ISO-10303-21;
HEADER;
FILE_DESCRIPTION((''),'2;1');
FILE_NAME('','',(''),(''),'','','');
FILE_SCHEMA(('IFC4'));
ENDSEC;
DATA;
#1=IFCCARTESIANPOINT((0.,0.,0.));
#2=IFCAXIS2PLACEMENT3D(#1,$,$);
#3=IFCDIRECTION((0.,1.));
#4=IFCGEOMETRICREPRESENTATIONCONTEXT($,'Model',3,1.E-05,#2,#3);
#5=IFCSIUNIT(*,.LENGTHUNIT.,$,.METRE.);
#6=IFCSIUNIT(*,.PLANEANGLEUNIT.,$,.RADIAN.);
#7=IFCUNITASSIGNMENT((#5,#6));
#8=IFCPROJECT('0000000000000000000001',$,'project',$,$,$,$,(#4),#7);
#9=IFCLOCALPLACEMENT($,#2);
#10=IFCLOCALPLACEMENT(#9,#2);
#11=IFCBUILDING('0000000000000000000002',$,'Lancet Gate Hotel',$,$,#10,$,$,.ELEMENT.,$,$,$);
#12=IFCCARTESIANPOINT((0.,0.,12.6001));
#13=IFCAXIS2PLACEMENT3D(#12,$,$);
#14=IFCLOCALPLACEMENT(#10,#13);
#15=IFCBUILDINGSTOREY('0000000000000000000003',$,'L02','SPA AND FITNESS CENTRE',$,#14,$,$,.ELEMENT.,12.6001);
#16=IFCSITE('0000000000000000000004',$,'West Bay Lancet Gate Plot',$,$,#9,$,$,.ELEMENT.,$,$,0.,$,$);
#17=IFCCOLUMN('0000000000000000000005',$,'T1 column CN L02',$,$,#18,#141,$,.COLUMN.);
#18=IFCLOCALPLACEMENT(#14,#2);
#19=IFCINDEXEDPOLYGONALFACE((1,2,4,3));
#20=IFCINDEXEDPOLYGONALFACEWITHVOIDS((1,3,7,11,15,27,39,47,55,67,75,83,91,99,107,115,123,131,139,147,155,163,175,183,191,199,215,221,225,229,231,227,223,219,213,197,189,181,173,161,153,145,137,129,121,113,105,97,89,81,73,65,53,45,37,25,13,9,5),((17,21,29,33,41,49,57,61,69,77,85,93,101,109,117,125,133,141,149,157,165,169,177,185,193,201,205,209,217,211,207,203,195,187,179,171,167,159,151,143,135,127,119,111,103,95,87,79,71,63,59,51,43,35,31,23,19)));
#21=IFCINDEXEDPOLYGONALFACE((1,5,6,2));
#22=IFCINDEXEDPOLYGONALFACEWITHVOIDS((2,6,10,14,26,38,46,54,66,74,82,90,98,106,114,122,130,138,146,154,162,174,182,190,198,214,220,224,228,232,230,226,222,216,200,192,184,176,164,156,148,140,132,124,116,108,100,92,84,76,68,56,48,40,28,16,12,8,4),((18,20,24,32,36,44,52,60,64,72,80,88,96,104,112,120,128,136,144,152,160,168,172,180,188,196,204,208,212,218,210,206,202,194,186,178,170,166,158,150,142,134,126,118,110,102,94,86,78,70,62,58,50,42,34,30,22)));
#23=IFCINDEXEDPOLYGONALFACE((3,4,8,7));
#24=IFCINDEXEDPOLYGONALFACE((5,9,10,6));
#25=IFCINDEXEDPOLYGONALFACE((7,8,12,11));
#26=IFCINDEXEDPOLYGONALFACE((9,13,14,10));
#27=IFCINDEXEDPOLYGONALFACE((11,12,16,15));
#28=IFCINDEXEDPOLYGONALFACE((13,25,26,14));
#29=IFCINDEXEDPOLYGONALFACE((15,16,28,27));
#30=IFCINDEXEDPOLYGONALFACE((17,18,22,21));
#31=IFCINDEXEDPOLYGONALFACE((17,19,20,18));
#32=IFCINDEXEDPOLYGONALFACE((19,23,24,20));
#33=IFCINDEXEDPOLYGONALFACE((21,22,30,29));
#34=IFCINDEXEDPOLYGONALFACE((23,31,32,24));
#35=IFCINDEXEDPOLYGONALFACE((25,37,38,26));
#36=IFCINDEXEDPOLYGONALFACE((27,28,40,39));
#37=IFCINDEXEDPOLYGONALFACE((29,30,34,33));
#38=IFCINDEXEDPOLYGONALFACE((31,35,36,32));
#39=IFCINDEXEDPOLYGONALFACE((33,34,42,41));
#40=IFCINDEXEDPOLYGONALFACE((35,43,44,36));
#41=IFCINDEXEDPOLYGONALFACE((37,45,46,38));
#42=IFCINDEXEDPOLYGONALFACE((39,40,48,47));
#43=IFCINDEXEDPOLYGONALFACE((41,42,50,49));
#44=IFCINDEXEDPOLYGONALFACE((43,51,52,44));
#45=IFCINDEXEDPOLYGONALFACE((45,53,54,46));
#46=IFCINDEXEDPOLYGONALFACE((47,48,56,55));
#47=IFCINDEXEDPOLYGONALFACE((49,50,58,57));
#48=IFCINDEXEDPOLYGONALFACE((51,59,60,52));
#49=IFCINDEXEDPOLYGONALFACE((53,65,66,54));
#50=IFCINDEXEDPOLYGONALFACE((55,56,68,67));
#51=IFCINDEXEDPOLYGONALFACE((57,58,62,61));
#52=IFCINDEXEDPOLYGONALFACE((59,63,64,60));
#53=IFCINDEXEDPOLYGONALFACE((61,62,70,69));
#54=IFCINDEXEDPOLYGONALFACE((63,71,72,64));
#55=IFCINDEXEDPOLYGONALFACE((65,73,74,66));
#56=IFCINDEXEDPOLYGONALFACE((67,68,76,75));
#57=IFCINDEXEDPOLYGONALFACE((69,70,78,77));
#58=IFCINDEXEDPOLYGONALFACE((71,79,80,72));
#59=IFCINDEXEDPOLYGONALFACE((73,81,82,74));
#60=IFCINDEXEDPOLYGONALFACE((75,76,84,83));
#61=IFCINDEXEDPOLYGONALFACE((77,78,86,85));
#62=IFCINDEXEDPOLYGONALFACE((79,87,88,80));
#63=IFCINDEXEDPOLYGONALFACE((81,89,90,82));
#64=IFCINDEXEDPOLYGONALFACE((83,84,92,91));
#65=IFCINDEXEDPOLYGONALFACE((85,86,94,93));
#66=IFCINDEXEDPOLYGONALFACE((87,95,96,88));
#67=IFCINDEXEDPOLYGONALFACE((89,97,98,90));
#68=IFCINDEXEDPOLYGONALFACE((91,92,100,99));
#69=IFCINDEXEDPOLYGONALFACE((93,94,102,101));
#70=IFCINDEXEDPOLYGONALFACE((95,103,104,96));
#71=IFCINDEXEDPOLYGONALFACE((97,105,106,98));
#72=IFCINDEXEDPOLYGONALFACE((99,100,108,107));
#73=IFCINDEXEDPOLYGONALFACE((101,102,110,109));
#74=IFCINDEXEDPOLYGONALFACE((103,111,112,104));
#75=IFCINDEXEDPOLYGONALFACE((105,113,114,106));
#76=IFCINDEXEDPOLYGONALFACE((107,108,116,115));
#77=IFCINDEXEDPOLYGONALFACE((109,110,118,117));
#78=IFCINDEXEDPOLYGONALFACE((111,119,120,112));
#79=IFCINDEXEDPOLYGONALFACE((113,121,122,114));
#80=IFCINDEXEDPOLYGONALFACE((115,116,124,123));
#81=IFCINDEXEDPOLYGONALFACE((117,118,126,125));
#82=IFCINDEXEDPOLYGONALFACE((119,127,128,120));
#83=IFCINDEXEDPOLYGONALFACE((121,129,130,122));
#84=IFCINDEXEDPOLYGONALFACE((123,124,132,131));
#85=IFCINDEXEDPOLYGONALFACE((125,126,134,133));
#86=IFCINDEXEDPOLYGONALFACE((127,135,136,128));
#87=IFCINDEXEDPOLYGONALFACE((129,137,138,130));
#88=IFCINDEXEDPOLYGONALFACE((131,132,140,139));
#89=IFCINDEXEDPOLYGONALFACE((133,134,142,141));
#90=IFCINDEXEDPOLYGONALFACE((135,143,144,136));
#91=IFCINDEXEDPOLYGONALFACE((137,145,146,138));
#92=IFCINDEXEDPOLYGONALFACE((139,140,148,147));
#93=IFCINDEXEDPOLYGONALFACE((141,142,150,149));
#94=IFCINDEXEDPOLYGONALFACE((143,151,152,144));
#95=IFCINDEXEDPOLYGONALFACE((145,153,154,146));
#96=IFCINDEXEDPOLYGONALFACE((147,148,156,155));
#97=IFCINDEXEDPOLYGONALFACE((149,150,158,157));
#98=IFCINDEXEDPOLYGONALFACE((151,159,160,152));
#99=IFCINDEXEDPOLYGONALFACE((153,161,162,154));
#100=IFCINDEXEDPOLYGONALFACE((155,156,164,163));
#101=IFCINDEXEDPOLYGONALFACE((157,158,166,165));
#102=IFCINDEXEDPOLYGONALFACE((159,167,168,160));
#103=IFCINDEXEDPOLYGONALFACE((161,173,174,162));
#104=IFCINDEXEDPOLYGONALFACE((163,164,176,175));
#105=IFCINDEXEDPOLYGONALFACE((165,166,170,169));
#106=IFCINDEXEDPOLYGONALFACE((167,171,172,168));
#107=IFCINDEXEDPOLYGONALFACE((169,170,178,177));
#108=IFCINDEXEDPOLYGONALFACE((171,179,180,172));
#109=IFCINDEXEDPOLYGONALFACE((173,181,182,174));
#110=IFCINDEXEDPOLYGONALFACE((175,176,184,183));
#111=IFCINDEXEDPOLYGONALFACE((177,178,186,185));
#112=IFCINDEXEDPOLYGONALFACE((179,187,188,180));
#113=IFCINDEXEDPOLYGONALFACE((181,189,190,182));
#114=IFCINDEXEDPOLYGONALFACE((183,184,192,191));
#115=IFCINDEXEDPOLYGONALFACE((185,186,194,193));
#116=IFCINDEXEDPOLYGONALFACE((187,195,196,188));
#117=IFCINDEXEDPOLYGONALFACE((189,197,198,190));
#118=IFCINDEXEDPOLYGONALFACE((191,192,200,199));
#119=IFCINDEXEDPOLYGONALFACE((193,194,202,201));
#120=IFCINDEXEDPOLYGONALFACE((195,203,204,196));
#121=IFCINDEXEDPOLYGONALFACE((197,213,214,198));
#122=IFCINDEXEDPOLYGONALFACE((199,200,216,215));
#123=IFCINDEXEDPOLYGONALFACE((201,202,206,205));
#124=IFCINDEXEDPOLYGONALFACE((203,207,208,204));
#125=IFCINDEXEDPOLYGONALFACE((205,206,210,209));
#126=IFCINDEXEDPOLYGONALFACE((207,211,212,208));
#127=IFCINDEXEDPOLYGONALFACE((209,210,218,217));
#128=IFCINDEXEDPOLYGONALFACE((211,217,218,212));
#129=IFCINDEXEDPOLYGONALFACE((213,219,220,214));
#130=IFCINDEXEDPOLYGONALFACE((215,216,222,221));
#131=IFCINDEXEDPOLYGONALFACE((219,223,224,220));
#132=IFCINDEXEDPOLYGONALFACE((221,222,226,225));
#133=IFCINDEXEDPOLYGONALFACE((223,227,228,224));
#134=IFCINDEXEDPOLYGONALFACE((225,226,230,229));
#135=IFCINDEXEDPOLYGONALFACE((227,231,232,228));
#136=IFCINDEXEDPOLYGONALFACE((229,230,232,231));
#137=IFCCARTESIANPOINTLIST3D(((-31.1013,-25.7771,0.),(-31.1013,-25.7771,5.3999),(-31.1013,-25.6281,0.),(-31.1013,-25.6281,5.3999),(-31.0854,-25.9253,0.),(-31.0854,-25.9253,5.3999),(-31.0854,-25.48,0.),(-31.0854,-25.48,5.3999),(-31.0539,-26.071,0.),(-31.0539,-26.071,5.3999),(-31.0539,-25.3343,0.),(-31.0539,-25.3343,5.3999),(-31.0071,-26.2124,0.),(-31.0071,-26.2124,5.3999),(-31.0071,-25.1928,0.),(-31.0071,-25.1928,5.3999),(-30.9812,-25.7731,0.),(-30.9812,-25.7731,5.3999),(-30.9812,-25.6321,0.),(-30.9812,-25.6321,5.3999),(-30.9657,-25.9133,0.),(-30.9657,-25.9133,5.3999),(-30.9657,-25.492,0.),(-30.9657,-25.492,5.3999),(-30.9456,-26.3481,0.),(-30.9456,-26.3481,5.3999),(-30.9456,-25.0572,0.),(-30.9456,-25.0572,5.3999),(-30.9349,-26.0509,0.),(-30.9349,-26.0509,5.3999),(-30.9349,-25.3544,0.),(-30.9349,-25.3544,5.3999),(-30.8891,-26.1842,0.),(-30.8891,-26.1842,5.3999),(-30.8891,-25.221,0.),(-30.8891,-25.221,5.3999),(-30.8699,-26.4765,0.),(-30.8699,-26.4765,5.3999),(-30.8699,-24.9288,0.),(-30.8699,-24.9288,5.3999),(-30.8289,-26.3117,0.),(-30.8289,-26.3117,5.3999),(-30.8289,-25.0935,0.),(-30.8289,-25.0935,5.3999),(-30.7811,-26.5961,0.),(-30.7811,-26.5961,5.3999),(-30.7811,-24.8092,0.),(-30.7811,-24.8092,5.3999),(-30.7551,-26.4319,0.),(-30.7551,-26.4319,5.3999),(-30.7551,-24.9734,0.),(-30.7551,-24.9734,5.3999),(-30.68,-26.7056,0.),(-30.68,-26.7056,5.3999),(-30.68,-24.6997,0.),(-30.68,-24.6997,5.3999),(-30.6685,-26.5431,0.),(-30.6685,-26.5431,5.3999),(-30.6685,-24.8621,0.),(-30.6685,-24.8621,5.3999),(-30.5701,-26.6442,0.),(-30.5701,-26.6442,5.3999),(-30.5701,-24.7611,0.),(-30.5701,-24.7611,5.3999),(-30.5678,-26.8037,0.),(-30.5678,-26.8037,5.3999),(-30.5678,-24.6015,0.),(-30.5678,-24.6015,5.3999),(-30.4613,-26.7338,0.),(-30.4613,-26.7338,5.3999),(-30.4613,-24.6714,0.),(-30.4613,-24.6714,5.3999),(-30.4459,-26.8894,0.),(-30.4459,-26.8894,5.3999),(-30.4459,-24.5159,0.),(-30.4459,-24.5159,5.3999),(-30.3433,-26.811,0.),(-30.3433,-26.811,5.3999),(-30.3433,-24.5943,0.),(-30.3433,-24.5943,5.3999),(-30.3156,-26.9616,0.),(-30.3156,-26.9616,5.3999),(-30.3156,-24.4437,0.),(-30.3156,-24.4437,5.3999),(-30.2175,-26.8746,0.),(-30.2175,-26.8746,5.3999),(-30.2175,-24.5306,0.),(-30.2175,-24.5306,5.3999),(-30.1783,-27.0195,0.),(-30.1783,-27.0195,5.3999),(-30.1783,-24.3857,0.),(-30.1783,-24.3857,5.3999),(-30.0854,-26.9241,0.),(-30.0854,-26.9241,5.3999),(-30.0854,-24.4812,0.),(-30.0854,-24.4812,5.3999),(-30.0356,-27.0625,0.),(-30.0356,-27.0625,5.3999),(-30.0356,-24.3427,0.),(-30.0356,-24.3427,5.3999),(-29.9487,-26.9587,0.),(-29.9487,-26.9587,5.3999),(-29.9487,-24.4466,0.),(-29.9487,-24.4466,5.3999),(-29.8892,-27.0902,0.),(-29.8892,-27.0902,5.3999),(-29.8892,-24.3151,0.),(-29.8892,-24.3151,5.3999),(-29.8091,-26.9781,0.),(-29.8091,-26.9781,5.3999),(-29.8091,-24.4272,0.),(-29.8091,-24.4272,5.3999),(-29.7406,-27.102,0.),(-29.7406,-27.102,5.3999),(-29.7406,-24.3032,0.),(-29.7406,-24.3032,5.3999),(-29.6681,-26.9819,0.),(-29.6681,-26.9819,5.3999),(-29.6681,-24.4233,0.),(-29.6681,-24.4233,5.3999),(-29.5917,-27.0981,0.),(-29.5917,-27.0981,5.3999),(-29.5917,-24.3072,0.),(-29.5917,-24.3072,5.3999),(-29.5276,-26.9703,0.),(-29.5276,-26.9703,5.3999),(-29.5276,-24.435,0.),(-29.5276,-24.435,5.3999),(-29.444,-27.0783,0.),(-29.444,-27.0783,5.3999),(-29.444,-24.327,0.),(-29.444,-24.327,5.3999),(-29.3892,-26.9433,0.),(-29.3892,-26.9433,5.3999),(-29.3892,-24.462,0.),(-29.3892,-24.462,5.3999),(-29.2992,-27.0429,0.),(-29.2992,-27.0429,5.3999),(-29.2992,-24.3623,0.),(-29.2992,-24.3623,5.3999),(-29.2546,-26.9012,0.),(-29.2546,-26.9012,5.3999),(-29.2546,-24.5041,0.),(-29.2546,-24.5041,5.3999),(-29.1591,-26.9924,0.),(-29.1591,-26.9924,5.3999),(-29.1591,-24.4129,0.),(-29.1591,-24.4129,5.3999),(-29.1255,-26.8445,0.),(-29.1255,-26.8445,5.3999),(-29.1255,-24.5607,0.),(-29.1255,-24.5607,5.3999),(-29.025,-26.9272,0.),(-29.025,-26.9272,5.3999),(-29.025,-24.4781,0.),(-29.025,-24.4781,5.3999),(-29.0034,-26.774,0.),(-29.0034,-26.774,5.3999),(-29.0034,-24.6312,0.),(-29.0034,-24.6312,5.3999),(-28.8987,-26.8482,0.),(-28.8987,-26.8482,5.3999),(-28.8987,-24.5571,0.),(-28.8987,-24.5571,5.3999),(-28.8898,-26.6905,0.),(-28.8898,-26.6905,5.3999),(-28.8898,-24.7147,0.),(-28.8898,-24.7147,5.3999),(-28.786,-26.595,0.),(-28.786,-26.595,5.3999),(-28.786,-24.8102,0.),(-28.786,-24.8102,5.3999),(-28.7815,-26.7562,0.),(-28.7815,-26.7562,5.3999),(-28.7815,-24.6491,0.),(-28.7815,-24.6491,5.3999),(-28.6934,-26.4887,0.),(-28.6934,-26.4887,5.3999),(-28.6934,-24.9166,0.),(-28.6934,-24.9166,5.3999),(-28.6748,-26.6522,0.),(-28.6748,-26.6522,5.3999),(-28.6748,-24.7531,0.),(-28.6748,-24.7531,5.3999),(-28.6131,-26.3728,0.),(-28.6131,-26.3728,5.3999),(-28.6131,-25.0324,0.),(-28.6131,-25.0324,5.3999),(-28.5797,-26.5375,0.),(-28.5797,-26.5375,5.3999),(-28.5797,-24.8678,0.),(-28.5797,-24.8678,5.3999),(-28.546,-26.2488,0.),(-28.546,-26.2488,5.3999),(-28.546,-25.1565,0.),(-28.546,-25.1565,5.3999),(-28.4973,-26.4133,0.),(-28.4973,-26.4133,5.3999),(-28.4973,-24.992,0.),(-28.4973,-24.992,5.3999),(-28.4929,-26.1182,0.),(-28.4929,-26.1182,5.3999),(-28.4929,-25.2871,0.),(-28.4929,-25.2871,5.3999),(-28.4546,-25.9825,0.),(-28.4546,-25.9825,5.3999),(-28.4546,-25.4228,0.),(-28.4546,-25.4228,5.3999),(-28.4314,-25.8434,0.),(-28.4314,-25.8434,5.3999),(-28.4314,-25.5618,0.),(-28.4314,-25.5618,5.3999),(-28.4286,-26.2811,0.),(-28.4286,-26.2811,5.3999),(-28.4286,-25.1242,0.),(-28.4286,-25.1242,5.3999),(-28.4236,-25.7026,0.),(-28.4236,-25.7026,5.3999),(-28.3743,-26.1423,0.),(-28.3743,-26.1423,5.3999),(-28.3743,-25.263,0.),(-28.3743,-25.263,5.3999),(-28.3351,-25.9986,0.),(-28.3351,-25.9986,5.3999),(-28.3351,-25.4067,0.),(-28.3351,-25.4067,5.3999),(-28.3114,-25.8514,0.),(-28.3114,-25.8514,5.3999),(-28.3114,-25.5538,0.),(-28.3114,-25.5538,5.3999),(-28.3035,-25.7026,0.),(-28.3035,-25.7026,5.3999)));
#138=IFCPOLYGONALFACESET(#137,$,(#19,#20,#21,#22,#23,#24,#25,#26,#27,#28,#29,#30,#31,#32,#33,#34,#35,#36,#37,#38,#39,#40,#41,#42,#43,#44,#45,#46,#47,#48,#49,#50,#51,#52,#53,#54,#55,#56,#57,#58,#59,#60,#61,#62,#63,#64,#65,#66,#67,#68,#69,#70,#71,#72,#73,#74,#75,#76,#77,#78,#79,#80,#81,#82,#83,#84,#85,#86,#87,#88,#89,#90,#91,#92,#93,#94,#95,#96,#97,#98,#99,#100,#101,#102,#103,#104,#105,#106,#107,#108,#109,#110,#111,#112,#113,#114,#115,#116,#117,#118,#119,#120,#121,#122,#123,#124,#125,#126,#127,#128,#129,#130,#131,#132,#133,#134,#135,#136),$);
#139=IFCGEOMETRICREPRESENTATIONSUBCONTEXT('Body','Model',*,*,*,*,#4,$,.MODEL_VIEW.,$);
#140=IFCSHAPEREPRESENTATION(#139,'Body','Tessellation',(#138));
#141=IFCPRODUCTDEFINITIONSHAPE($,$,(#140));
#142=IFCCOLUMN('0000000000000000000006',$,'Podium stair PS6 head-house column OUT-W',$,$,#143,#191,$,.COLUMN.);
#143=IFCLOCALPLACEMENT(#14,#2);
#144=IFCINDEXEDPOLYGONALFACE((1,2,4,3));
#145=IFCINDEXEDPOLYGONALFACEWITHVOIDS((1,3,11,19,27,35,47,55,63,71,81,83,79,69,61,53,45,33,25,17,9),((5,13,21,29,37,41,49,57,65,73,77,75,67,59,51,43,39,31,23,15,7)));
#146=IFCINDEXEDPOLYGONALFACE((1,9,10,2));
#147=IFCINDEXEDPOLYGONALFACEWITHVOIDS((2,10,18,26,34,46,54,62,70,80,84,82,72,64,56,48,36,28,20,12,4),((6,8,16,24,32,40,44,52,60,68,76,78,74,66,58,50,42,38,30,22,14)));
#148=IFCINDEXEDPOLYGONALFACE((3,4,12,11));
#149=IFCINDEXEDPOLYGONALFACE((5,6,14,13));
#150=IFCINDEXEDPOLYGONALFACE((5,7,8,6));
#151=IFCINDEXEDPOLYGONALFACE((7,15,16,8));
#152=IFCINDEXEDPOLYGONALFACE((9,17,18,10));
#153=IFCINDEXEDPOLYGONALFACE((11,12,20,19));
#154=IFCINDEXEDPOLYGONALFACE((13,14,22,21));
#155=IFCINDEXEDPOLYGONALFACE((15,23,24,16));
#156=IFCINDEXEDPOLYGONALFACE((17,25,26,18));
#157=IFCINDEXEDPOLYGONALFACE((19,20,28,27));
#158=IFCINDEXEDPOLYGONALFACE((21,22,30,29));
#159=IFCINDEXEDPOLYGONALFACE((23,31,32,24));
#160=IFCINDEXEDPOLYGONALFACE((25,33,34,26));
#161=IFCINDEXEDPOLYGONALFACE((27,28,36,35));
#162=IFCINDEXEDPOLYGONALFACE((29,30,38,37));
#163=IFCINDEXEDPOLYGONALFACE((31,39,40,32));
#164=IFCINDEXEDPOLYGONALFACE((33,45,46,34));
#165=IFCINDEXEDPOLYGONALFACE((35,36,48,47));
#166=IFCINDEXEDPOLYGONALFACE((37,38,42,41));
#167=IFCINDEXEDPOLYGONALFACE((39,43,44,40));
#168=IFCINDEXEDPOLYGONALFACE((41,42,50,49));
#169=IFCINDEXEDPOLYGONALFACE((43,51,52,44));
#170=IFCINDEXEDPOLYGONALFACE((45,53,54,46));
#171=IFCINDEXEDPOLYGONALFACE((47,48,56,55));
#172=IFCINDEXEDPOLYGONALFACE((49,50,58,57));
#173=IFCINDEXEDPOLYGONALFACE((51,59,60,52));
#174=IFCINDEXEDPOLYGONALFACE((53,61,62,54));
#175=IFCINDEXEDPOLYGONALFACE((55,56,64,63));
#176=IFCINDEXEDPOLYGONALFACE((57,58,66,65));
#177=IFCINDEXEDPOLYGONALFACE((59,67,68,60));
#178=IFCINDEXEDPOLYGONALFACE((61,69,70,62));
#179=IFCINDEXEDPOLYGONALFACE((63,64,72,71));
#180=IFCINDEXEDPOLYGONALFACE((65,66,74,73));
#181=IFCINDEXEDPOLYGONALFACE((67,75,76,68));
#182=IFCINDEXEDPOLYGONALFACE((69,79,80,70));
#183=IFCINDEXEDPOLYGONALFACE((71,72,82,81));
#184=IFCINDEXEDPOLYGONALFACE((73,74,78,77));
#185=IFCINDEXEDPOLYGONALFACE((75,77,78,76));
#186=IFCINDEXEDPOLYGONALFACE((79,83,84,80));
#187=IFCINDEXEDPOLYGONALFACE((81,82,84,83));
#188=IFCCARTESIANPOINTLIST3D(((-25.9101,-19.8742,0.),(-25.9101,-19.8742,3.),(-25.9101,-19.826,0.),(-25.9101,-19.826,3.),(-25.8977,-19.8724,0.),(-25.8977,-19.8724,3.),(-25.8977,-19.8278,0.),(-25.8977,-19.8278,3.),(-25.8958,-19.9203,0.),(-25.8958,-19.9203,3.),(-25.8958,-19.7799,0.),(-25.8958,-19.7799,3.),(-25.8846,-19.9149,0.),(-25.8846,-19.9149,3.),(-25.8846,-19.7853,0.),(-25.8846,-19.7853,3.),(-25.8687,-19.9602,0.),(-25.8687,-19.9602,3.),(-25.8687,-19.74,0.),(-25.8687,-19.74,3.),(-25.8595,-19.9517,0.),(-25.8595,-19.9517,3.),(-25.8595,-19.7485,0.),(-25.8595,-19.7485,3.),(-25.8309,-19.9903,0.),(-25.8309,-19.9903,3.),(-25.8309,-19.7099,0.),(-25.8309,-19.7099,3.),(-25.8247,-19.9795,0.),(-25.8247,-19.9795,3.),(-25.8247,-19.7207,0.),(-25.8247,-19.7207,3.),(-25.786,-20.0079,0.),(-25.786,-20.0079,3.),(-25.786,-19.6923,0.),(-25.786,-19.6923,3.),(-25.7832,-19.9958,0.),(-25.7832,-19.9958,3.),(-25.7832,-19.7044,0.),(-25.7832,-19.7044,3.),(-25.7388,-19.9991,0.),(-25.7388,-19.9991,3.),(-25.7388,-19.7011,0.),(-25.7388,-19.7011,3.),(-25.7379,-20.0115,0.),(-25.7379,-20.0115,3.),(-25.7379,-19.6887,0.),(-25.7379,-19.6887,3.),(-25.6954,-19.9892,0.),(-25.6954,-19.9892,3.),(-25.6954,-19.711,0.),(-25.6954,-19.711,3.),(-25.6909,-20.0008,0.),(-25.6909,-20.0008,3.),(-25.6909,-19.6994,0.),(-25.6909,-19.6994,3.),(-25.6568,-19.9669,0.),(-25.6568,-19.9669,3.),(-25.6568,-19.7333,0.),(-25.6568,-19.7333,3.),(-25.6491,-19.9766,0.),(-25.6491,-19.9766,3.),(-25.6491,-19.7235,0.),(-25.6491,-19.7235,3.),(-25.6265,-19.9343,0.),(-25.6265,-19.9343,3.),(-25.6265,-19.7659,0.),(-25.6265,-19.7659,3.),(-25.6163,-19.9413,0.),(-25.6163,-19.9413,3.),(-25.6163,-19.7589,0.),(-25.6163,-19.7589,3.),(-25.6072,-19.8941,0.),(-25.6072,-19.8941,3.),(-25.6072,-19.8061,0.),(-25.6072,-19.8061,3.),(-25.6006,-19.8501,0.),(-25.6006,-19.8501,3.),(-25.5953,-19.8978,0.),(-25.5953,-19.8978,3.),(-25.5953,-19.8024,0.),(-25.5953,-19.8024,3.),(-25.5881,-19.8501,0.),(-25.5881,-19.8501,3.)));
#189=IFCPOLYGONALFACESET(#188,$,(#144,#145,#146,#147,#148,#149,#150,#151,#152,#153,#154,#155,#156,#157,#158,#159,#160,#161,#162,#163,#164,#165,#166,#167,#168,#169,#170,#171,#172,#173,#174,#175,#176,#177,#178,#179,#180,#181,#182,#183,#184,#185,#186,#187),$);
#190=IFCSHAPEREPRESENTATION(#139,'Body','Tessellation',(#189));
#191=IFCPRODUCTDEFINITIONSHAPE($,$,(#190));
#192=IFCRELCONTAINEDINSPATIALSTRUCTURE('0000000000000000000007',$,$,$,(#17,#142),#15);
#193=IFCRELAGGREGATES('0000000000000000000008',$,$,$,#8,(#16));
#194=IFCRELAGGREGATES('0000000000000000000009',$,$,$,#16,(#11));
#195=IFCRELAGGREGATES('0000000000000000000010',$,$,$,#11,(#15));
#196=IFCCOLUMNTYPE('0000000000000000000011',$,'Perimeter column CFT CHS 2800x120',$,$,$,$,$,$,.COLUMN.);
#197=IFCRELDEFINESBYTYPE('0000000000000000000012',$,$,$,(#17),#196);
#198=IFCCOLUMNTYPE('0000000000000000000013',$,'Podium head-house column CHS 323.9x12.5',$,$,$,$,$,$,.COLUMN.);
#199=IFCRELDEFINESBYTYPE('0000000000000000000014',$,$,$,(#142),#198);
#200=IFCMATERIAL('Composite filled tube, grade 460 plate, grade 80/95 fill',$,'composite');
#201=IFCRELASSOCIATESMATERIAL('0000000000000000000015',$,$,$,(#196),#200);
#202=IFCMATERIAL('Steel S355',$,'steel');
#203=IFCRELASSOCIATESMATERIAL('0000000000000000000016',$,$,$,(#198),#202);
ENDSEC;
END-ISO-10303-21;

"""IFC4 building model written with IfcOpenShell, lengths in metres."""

from ifc_helpers import new_model, si_unit, direction, frame, origin, origin_2d, place, context, subcontext, project, spatial, hollow_circle, extrude, material, material_profile, profile_set, type_object, element, save


model = new_model("IFC4")

# Units and contexts
model_context = context("Model", 3, precision=1e-05, world=origin(), true_north=direction((0.0, 1.0)))
body_context = subcontext(model_context, "Body", "Model", "MODEL_VIEW")
ifc_project = project(units=[si_unit("LENGTHUNIT", "METRE"), si_unit("PLANEANGLEUNIT", "RADIAN")], contexts=[model_context])

# Site, building, storey
site_placement = place(None, origin())
site = spatial("IfcSite", under=ifc_project, at=site_placement, Name="West Bay Lancet Gate Plot", CompositionType="ELEMENT", RefElevation=0.0)
building_placement = place(site_placement, origin())
building = spatial("IfcBuilding", under=site, at=building_placement, Name="Lancet Gate Hotel", CompositionType="ELEMENT")
storey_placement = place(building_placement, frame((0.0, 0.0, 12.6001)))
storey = spatial("IfcBuildingStorey", under=building, at=storey_placement, Name="L02", Description="SPA AND FITNESS CENTRE", CompositionType="ELEMENT", Elevation=12.6001)

# Columns
ifc_material_1 = material(Name="Composite filled tube, grade 460 plate, grade 80/95 fill", Category="composite")
ifc_material_profile_1 = material_profile(ifc_material_1, hollow_circle(Radius=1.3999, WallThickness=0.1201, at=origin_2d()), Name="CHS 2800x120")
ifc_profile_set_1 = profile_set([ifc_material_profile_1], Name="Composite filled tube, grade 460 plate, grade 80/95 fill")
column_type_1 = type_object("IfcColumnType", Name="Perimeter column CFT CHS 2800x120", PredefinedType="COLUMN", material=ifc_profile_set_1)
column_placement = place(storey_placement, frame((-29.7034, -25.7026, 0.0), z_axis=(0.0, 0.0, 1.0), x_axis=(1.0, 0.0, 0.0)))
element("IfcColumn", 1, at=column_placement, inside=storey, type_object=column_type_1, Name="T1 column CN L02", PredefinedType="COLUMN", context=body_context, shape_type="SweptSolid", body=[
    extrude(hollow_circle(Radius=1.3999, WallThickness=0.1201, at=origin_2d()), origin(), (0.0, 0.0, 1.0), 5.3999),
])
ifc_material_2 = material(Name="Steel S355", Category="steel")
ifc_material_profile_2 = material_profile(ifc_material_2, hollow_circle(Radius=0.1619, WallThickness=0.0125, at=origin_2d()), Name="CHS 323.9x12.5")
ifc_profile_set_2 = profile_set([ifc_material_profile_2], Name="Steel S355")
column_type_2 = type_object("IfcColumnType", Name="Podium head-house column CHS 323.9x12.5", PredefinedType="COLUMN", material=ifc_profile_set_2)
for number, where, z_axis, x_axis, name in (
    (2, (-25.75, -19.8501, 0.0), (0.0, 0.0, 1.0), (1.0, 0.0, 0.0), "Podium stair PS6 head-house column OUT-W"),
):
    element("IfcColumn", number, at=place(storey_placement, frame(where, z_axis=z_axis, x_axis=x_axis)), inside=storey, type_object=column_type_2, Name=name, PredefinedType="COLUMN", context=body_context, shape_type="SweptSolid", body=[
        extrude(hollow_circle(Radius=0.1619, WallThickness=0.0125, at=origin_2d()), origin(), (0.0, 0.0, 1.0), 3.0),
    ])

save(model, "model.ifc")
